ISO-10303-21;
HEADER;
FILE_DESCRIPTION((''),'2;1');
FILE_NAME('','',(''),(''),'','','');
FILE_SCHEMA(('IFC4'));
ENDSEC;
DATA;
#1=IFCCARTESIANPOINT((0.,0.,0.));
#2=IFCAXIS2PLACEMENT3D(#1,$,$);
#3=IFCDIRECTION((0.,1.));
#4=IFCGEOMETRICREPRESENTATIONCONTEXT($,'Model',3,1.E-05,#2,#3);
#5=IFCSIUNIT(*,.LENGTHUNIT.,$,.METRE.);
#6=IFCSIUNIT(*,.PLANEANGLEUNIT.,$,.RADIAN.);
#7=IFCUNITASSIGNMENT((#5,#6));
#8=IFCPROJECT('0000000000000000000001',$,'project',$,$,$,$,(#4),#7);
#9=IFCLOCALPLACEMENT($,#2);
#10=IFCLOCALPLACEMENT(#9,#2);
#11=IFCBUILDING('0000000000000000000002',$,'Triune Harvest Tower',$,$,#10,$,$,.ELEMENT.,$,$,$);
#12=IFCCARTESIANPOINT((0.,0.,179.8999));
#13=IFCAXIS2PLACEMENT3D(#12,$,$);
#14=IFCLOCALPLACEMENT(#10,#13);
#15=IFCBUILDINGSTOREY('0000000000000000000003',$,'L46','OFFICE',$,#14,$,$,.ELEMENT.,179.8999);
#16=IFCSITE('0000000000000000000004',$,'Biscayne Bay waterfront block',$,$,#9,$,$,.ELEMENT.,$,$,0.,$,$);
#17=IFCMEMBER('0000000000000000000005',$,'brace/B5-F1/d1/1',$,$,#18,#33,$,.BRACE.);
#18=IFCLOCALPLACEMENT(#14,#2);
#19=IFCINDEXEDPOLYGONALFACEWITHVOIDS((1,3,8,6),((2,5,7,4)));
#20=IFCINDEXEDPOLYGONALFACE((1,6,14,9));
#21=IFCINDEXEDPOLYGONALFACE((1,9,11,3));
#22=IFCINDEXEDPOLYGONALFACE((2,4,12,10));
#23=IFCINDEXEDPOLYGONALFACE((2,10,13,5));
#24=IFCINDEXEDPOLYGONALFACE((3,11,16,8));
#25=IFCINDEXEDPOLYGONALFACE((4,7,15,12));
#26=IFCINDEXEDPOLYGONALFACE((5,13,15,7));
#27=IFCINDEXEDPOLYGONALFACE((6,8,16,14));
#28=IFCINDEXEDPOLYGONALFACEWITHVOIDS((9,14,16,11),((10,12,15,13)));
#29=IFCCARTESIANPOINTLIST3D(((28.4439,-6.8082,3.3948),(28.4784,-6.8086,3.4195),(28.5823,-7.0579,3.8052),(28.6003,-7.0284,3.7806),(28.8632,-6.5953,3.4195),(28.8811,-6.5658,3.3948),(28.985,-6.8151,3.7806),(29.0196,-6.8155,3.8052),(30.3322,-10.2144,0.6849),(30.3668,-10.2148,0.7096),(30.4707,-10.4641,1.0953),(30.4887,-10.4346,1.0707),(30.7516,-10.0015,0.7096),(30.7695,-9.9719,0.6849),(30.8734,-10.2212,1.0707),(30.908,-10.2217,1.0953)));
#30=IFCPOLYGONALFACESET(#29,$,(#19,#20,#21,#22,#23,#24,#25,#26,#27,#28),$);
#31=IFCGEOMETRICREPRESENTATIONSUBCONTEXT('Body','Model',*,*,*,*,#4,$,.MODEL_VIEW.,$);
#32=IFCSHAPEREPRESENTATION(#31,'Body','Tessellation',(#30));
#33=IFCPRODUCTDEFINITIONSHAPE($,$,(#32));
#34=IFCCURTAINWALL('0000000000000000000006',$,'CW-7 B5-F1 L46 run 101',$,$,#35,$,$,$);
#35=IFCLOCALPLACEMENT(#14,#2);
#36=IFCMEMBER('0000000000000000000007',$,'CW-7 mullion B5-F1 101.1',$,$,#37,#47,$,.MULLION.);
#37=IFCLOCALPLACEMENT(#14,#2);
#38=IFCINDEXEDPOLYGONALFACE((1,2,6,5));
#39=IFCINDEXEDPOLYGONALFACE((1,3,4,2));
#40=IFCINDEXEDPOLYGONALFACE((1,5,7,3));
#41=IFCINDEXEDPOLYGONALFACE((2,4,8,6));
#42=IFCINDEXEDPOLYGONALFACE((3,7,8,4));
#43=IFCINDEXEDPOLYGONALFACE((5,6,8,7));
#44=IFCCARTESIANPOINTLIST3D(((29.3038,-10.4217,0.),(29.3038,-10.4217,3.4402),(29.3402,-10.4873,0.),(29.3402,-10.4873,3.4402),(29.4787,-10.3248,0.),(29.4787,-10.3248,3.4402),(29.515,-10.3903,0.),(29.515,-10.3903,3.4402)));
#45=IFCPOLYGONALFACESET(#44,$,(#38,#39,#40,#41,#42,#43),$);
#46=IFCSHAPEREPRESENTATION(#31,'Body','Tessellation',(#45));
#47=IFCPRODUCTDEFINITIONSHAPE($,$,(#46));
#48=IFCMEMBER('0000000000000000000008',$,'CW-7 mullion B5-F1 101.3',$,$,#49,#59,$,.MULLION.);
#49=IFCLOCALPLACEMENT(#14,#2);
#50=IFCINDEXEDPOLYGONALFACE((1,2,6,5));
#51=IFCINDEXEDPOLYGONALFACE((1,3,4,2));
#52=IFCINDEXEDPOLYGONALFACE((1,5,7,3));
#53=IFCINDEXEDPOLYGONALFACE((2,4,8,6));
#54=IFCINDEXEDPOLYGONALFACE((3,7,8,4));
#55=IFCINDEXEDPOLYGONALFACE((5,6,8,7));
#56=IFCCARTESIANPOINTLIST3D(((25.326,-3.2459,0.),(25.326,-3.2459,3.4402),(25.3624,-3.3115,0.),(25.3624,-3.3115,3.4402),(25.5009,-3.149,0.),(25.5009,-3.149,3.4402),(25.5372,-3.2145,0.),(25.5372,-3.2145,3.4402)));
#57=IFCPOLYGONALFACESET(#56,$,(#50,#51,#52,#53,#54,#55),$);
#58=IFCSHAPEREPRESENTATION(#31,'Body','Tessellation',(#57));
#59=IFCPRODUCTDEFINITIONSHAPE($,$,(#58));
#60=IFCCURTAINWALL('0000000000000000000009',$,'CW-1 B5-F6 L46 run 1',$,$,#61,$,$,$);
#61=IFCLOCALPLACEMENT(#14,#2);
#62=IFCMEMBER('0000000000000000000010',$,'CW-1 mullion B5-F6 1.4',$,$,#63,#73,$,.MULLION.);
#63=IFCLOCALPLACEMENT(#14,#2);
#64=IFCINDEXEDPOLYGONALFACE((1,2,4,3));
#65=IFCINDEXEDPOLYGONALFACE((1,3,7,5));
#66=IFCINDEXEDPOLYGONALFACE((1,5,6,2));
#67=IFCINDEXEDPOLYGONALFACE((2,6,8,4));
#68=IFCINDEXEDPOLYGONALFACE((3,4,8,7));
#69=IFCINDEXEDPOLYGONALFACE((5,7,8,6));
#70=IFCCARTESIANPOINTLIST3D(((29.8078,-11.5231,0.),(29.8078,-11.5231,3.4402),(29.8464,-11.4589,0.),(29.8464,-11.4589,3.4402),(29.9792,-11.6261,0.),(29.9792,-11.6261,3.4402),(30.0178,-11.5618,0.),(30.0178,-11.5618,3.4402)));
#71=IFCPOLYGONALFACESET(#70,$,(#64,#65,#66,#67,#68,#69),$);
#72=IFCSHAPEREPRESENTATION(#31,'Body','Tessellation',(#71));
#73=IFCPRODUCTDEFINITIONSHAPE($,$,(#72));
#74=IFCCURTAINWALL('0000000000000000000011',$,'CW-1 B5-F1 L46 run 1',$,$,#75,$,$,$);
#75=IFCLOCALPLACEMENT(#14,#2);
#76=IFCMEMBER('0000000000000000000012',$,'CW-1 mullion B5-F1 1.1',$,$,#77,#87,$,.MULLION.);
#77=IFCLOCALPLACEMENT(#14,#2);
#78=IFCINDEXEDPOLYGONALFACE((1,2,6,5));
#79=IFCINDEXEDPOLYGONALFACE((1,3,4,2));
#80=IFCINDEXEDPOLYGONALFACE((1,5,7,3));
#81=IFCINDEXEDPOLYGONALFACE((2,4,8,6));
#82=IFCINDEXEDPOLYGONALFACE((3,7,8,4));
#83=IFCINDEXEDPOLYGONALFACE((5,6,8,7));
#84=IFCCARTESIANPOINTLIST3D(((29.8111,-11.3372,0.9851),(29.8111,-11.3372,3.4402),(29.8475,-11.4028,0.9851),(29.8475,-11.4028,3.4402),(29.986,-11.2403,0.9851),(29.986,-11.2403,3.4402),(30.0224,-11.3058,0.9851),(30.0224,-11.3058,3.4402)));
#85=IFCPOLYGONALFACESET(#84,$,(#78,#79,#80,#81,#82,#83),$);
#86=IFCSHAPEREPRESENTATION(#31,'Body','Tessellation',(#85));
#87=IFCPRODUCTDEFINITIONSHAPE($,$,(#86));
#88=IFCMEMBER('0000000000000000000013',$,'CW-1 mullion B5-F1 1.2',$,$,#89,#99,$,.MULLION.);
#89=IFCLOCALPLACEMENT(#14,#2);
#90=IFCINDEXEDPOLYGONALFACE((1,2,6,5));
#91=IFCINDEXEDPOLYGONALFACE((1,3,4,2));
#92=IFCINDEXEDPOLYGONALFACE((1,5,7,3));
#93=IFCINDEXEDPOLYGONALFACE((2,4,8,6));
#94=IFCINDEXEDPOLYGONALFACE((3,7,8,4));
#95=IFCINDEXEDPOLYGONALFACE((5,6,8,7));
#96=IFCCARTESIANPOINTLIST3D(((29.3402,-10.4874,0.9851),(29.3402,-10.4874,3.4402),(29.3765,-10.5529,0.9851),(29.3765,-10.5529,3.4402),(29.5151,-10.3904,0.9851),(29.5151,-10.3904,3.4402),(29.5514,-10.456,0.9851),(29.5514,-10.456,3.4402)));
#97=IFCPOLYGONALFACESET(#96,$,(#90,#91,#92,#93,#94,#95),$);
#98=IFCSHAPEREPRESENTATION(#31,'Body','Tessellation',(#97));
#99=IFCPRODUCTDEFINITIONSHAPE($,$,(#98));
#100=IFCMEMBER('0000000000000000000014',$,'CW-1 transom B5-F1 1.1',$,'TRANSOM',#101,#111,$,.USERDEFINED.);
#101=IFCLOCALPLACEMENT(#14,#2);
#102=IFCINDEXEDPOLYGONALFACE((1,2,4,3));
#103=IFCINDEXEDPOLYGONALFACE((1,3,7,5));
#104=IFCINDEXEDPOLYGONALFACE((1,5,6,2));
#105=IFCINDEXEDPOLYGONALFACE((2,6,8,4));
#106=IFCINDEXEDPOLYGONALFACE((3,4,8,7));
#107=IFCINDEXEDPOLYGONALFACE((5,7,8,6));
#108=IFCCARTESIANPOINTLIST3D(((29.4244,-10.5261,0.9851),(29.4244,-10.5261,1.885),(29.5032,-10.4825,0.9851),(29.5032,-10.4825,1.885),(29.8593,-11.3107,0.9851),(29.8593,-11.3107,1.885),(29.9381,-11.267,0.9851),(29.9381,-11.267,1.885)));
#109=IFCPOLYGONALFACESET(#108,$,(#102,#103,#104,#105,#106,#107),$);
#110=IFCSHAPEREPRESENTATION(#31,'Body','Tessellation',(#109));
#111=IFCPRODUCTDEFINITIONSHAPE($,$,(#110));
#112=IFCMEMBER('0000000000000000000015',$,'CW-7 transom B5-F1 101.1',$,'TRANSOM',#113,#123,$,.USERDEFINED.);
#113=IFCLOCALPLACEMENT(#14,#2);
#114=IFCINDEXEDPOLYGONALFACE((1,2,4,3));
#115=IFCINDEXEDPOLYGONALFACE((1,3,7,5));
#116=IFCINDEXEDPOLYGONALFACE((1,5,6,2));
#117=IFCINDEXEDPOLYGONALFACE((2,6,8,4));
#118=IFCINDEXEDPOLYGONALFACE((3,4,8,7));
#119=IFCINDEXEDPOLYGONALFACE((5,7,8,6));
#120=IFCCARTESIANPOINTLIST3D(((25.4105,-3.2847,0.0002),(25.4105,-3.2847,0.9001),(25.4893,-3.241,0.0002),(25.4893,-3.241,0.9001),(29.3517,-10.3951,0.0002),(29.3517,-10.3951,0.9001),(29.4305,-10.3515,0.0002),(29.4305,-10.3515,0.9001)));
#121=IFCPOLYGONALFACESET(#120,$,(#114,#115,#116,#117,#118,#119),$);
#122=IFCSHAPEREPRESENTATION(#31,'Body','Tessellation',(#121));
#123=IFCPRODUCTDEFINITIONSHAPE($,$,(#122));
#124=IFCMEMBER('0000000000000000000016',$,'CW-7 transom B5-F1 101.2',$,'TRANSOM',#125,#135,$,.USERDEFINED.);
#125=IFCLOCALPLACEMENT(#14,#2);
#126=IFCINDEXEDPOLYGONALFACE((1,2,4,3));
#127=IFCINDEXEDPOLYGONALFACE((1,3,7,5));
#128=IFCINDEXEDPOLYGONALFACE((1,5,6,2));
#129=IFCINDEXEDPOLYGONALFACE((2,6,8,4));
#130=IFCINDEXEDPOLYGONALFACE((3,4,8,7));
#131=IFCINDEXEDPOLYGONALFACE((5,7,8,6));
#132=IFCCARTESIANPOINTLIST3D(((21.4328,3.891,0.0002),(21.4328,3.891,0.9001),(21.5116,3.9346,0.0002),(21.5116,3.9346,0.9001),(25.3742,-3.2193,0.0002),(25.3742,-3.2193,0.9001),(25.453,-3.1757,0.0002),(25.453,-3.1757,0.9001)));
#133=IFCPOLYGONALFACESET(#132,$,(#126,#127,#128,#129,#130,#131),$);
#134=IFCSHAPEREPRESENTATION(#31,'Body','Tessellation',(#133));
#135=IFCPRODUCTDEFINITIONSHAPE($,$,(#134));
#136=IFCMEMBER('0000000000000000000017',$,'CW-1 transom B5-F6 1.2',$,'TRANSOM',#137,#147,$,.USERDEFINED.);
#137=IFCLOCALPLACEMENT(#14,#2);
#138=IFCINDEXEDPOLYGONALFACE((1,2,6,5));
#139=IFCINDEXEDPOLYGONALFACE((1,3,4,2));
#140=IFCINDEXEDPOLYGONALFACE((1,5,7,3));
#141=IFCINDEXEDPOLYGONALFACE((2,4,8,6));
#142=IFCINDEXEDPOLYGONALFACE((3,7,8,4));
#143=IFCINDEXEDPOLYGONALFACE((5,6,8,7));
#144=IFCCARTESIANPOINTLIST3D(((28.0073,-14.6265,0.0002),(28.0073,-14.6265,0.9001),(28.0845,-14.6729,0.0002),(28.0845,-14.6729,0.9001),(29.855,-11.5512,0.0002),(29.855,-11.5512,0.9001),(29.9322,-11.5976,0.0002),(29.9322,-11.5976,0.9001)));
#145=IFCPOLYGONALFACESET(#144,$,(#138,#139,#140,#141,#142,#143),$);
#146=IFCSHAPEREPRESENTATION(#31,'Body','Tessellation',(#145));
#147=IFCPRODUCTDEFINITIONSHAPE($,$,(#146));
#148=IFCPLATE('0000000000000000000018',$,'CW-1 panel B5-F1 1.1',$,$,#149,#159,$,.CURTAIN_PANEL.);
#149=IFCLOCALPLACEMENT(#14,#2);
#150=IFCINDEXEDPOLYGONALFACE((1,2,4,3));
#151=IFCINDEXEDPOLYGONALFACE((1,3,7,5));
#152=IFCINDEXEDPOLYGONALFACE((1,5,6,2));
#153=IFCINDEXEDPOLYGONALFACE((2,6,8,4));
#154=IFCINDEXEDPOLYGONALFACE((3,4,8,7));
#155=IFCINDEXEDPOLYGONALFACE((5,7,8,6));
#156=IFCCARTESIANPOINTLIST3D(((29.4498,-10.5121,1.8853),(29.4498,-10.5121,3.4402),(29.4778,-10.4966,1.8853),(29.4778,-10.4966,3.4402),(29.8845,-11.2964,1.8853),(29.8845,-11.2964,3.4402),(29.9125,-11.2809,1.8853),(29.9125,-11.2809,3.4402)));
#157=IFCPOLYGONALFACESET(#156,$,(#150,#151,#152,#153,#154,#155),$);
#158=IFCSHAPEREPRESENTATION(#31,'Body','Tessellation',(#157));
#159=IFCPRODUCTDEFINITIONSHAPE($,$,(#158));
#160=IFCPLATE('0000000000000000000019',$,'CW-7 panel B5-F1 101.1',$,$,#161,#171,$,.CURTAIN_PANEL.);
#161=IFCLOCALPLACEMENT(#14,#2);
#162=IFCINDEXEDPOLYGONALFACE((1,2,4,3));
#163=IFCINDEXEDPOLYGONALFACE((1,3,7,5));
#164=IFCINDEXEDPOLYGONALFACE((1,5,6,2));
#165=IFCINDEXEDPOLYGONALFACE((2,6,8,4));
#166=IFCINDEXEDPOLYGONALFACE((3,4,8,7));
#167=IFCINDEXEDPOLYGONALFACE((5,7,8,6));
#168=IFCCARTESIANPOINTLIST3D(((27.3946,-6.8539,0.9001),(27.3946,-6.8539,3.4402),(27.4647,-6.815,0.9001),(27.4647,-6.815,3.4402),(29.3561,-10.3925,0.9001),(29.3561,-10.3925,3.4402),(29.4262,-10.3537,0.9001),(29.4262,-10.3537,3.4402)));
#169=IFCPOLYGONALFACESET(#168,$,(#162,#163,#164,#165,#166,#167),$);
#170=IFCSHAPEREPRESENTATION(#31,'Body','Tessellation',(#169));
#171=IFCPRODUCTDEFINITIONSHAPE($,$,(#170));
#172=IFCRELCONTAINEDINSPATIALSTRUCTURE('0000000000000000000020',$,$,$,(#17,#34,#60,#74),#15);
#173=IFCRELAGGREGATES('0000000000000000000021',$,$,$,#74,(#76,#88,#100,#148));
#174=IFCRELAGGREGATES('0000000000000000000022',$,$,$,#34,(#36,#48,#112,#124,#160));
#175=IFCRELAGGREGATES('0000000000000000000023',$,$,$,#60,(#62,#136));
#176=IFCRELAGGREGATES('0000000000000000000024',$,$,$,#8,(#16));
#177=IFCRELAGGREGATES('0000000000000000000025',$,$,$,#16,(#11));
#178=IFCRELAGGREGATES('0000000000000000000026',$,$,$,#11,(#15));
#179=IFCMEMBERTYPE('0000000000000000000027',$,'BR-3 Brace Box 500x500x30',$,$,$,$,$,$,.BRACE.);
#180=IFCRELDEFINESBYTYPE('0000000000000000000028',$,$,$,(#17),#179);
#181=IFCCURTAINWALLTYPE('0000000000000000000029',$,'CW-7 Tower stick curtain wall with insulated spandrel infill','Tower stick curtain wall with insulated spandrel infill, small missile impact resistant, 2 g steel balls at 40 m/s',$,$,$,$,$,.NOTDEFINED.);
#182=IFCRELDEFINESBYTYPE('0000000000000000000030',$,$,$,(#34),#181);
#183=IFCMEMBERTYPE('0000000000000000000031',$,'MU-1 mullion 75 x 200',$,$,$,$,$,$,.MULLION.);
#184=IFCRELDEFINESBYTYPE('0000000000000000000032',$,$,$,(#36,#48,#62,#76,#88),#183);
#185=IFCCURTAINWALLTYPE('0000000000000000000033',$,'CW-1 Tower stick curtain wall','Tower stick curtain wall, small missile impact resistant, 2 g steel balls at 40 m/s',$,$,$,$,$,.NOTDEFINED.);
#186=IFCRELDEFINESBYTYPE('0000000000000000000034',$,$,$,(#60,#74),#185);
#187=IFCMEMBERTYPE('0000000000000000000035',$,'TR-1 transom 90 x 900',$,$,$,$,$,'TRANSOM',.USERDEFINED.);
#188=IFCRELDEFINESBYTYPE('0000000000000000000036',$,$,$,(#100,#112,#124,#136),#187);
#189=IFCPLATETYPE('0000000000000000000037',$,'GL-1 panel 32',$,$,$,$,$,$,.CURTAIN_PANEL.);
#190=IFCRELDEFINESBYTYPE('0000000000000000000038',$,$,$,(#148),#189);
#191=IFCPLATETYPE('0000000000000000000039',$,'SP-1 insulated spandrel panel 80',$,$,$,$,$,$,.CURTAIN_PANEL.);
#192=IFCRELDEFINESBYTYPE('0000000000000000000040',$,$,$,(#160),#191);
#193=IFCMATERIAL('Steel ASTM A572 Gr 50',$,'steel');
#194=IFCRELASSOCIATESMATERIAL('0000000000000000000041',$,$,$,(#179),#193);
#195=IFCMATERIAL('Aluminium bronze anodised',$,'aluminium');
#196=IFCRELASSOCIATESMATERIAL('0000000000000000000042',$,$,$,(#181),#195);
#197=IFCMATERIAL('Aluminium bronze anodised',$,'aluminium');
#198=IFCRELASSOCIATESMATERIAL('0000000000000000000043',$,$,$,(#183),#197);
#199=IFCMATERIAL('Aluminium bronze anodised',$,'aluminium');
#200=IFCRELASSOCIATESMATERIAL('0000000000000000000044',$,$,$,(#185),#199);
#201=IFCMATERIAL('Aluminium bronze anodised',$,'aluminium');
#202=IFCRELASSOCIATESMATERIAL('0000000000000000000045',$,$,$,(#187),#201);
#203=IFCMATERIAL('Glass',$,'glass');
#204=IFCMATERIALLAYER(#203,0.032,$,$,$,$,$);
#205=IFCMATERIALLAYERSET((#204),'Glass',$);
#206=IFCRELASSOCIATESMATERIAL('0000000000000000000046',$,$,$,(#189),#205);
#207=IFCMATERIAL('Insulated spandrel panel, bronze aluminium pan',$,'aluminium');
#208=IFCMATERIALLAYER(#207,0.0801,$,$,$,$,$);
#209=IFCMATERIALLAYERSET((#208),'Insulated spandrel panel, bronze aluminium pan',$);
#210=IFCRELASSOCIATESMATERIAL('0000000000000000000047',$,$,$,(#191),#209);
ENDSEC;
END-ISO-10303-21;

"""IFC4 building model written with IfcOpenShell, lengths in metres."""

from ifc_helpers import new_model, si_unit, direction, frame, origin, origin_2d, place, context, subcontext, project, spatial, rectangle, hollow_rectangle, extrude, source, transform, mapped, material, layer, layer_set, material_profile, profile_set, type_object, element, aggregate, save


model = new_model("IFC4")

# Units and contexts
model_context = context("Model", 3, precision=1e-05, world=origin(), true_north=direction((0.0, 1.0)))
body_context = subcontext(model_context, "Body", "Model", "MODEL_VIEW")
ifc_project = project(units=[si_unit("LENGTHUNIT", "METRE"), si_unit("PLANEANGLEUNIT", "RADIAN")], contexts=[model_context])

# Site, building, storey
site_placement = place(None, origin())
site = spatial("IfcSite", under=ifc_project, at=site_placement, Name="Biscayne Bay waterfront block", CompositionType="ELEMENT", RefElevation=0.0)
building_placement = place(site_placement, origin())
building = spatial("IfcBuilding", under=site, at=building_placement, Name="Triune Harvest Tower", CompositionType="ELEMENT")
storey_placement = place(building_placement, frame((0.0, 0.0, 179.8999)))
storey = spatial("IfcBuildingStorey", under=building, at=storey_placement, Name="L46", Description="OFFICE", CompositionType="ELEMENT", Elevation=179.8999)

# Member
ifc_material_1 = material(Name="Steel ASTM A572 Gr 50", Category="steel")
ifc_material_profile_1 = material_profile(ifc_material_1, hollow_rectangle(XDim=0.5, YDim=0.5, WallThickness=0.03, at=origin_2d()), Name="Box 500x500x30")
ifc_profile_set_1 = profile_set([ifc_material_profile_1], Name="Steel ASTM A572 Gr 50")
member_type_1 = type_object("IfcMemberType", Name="BR-3 Brace Box 500x500x30", PredefinedType="BRACE", material=ifc_profile_set_1)
shared_shape_1 = source(origin(), body_context, "Body", "SweptSolid", [
    extrude(hollow_rectangle(XDim=0.5, YDim=0.5, WallThickness=0.03, at=origin_2d()), origin(), (0.0, 0.0, 1.0), 4.7446),
])
member_1_placement = place(storey_placement, frame((30.6201, -10.218, 0.8901), z_axis=(-0.398004, 0.7179, 0.57115), x_axis=(-0.874586, -0.484871, 0.0)))
element("IfcMember", 1, at=member_1_placement, inside=storey, type_object=member_type_1, Name="brace/B5-F1/d1/1", PredefinedType="BRACE", context=body_context, shape_type="MappedRepresentation", body=[
    mapped(shared_shape_1, transform((0.0, 0.0, 0.0), scale=1.0)),
])

# Curtain wall, members
ifc_material_2 = material(Name="Aluminium bronze anodised", Category="aluminium")
curtain_wall_type_1 = type_object("IfcCurtainWallType", Name="CW-7 Tower stick curtain wall with insulated spandrel infill", Description="Tower stick curtain wall with insulated spandrel infill, small missile impact resistant, 2 g steel balls at 40 m/s", PredefinedType="NOTDEFINED", material=ifc_material_2)
curtain_wall_1_placement = place(storey_placement, origin())
curtain_wall_1 = element("IfcCurtainWall", 2, at=curtain_wall_1_placement, inside=storey, type_object=curtain_wall_type_1, Name="CW-7 B5-F1 L46 run 101")
ifc_material_3 = material(Name="Aluminium bronze anodised", Category="aluminium")
ifc_material_profile_2 = material_profile(ifc_material_3, rectangle(XDim=0.2, YDim=0.075, at=origin_2d()), Name="MU-1 mullion 75 x 200")
ifc_profile_set_2 = profile_set([ifc_material_profile_2], Name="Aluminium bronze anodised")
member_type_2 = type_object("IfcMemberType", Name="MU-1 mullion 75 x 200", PredefinedType="MULLION", material=ifc_profile_set_2)
shared_shape_2 = source(origin(), body_context, "Body", "SweptSolid", [
    extrude(rectangle(XDim=0.2, YDim=0.075, at=origin_2d()), origin(), (0.0, 0.0, 1.0), 3.4402),
])
member_2_placement = place(storey_placement, frame((29.4094, -10.406, 0.0), z_axis=(0.0, 0.0, 1.0), x_axis=(-0.874619, -0.48481, 0.0)))
member_2 = element("IfcMember", 3, at=member_2_placement, type_object=member_type_2, Name="CW-7 mullion B5-F1 101.1", PredefinedType="MULLION", context=body_context, shape_type="MappedRepresentation", body=[
    mapped(shared_shape_2, transform((0.0, 0.0, 0.0), scale=1.0)),
])
member_3_placement = place(storey_placement, frame((25.4316, -3.2302, 0.0), z_axis=(0.0, 0.0, 1.0), x_axis=(-0.874619, -0.48481, 0.0)))
member_3 = element("IfcMember", 4, at=member_3_placement, type_object=member_type_2, Name="CW-7 mullion B5-F1 101.3", PredefinedType="MULLION", context=body_context, shape_type="MappedRepresentation", body=[
    mapped(shared_shape_2, transform((0.0, 0.0, 0.0), scale=1.0)),
])

# Curtain wall, member
ifc_material_4 = material(Name="Aluminium bronze anodised", Category="aluminium")
curtain_wall_type_2 = type_object("IfcCurtainWallType", Name="CW-1 Tower stick curtain wall", Description="Tower stick curtain wall, small missile impact resistant, 2 g steel balls at 40 m/s", PredefinedType="NOTDEFINED", material=ifc_material_4)
curtain_wall_2_placement = place(storey_placement, origin())
curtain_wall_2 = element("IfcCurtainWall", 5, at=curtain_wall_2_placement, inside=storey, type_object=curtain_wall_type_2, Name="CW-1 B5-F6 L46 run 1")
member_4_placement = place(storey_placement, frame((29.9128, -11.5425, 0.0), z_axis=(0.0, 0.0, 1.0), x_axis=(-0.857168, 0.515037, 0.0)))
member_4 = element("IfcMember", 6, at=member_4_placement, type_object=member_type_2, Name="CW-1 mullion B5-F6 1.4", PredefinedType="MULLION", context=body_context, shape_type="MappedRepresentation", body=[
    mapped(shared_shape_2, transform((0.0, 0.0, 0.0), scale=1.0)),
])

# Curtain wall, members
curtain_wall_3_placement = place(storey_placement, origin())
curtain_wall_3 = element("IfcCurtainWall", 7, at=curtain_wall_3_placement, inside=storey, type_object=curtain_wall_type_2, Name="CW-1 B5-F1 L46 run 1")
shared_shape_3 = source(origin(), body_context, "Body", "SweptSolid", [
    extrude(rectangle(XDim=0.2, YDim=0.075, at=origin_2d()), origin(), (0.0, 0.0, 1.0), 2.4551),
])
member_5_placement = place(storey_placement, frame((29.9167, -11.3215, 0.9851), z_axis=(0.0, 0.0, 1.0), x_axis=(-0.87463, -0.484791, 0.0)))
member_5 = element("IfcMember", 8, at=member_5_placement, type_object=member_type_2, Name="CW-1 mullion B5-F1 1.1", PredefinedType="MULLION", context=body_context, shape_type="MappedRepresentation", body=[
    mapped(shared_shape_3, transform((0.0, 0.0, 0.0), scale=1.0)),
])
member_6_placement = place(storey_placement, frame((29.4458, -10.4717, 0.9851), z_axis=(0.0, 0.0, 1.0), x_axis=(-0.87463, -0.484791, 0.0)))
member_6 = element("IfcMember", 9, at=member_6_placement, type_object=member_type_2, Name="CW-1 mullion B5-F1 1.2", PredefinedType="MULLION", context=body_context, shape_type="MappedRepresentation", body=[
    mapped(shared_shape_3, transform((0.0, 0.0, 0.0), scale=1.0)),
])
ifc_material_5 = material(Name="Aluminium bronze anodised", Category="aluminium")
ifc_material_profile_3 = material_profile(ifc_material_5, rectangle(XDim=0.0901, YDim=0.8999, at=origin_2d()), Name="TR-1 transom 90 x 900")
ifc_profile_set_3 = profile_set([ifc_material_profile_3], Name="Aluminium bronze anodised")
member_type_3 = type_object("IfcMemberType", Name="TR-1 transom 90 x 900", ElementType="TRANSOM", PredefinedType="USERDEFINED", material=ifc_profile_set_3)
shared_shape_4 = source(origin(), body_context, "Body", "SweptSolid", [
    extrude(rectangle(XDim=0.0901, YDim=0.8999, at=origin_2d()), origin(), (0.0, 0.0, 1.0), 0.897),
])
member_7_placement = place(storey_placement, frame((29.8987, -11.2888, 1.4351), z_axis=(-0.484811, 0.874619, 0.0), x_axis=(-0.874619, -0.484811, 0.0)))
member_7 = element("IfcMember", 10, at=member_7_placement, type_object=member_type_3, Name="CW-1 transom B5-F1 1.1", ObjectType="TRANSOM", PredefinedType="USERDEFINED", context=body_context, shape_type="MappedRepresentation", body=[
    mapped(shared_shape_4, transform((0.0, 0.0, 0.0), scale=1.0)),
])

# Members
shared_shape_5 = source(origin(), body_context, "Body", "SweptSolid", [
    extrude(rectangle(XDim=0.0901, YDim=0.8999, at=origin_2d()), origin(), (0.0, 0.0, 1.0), 8.1296),
])
member_8_placement = place(storey_placement, frame((29.3911, -10.3733, 0.4502), z_axis=(-0.484794, 0.874629, 0.0), x_axis=(-0.874629, -0.484794, 0.0)))
member_8 = element("IfcMember", 11, at=member_8_placement, type_object=member_type_3, Name="CW-7 transom B5-F1 101.1", ObjectType="TRANSOM", PredefinedType="USERDEFINED", context=body_context, shape_type="MappedRepresentation", body=[
    mapped(shared_shape_5, transform((0.0, 0.0, 0.0), scale=1.0)),
])
member_9_placement = place(storey_placement, frame((25.4136, -3.1975, 0.4502), z_axis=(-0.484817, 0.874616, 0.0), x_axis=(-0.874616, -0.484817, 0.0)))
member_9 = element("IfcMember", 12, at=member_9_placement, type_object=member_type_3, Name="CW-7 transom B5-F1 101.2", ObjectType="TRANSOM", PredefinedType="USERDEFINED", context=body_context, shape_type="MappedRepresentation", body=[
    mapped(shared_shape_5, transform((0.0, 0.0, 0.0), scale=1.0)),
])
shared_shape_6 = source(origin(), body_context, "Body", "SweptSolid", [
    extrude(rectangle(XDim=0.0901, YDim=0.8999, at=origin_2d()), origin(), (0.0, 0.0, 1.0), 3.5876),
])
member_10_placement = place(storey_placement, frame((28.0459, -14.6497, 0.4502), z_axis=(0.515016, 0.857181, 0.0), x_axis=(-0.857181, 0.515016, 0.0)))
member_10 = element("IfcMember", 13, at=member_10_placement, type_object=member_type_3, Name="CW-1 transom B5-F6 1.2", ObjectType="TRANSOM", PredefinedType="USERDEFINED", context=body_context, shape_type="MappedRepresentation", body=[
    mapped(shared_shape_6, transform((0.0, 0.0, 0.0), scale=1.0)),
])

# Plates
ifc_material_6 = material(Name="Glass", Category="glass")
ifc_layer_1 = layer(ifc_material_6, 0.032)
ifc_layer_set_1 = layer_set([ifc_layer_1], Name="Glass")
plate_type_1 = type_object("IfcPlateType", Name="GL-1 panel 32", PredefinedType="CURTAIN_PANEL", material=ifc_layer_set_1)
shared_shape_7 = source(origin(), body_context, "Body", "SweptSolid", [
    extrude(rectangle(XDim=0.8967, YDim=0.032, at=origin_2d()), origin(), (0.0, 0.0, 1.0), 1.5549),
])
plate_1_placement = place(storey_placement, frame((29.6812, -10.8965, 1.8853), z_axis=(0.0, 0.0, 1.0), x_axis=(-0.484791, 0.87463, 0.0)))
plate_1 = element("IfcPlate", 14, at=plate_1_placement, type_object=plate_type_1, Name="CW-1 panel B5-F1 1.1", PredefinedType="CURTAIN_PANEL", context=body_context, shape_type="MappedRepresentation", body=[
    mapped(shared_shape_7, transform((0.0, 0.0, 0.0), scale=1.0)),
])
aggregate(curtain_wall_3, [member_5, member_6, member_7, plate_1])
ifc_material_7 = material(Name="Insulated spandrel panel, bronze aluminium pan", Category="aluminium")
ifc_layer_2 = layer(ifc_material_7, 0.0801)
ifc_layer_set_2 = layer_set([ifc_layer_2], Name="Insulated spandrel panel, bronze aluminium pan")
plate_type_2 = type_object("IfcPlateType", Name="SP-1 insulated spandrel panel 80", PredefinedType="CURTAIN_PANEL", material=ifc_layer_set_2)
shared_shape_8 = source(origin(), body_context, "Body", "SweptSolid", [
    extrude(rectangle(XDim=4.0459, YDim=0.0801, at=origin_2d()), origin(), (0.0, 0.0, 1.0), 2.54),
])
plate_2_placement = place(storey_placement, frame((28.4104, -8.6038, 0.9001), z_axis=(0.0, 0.0, 1.0), x_axis=(-0.48481, 0.874619, 0.0)))
plate_2 = element("IfcPlate", 15, at=plate_2_placement, type_object=plate_type_2, Name="CW-7 panel B5-F1 101.1", PredefinedType="CURTAIN_PANEL", context=body_context, shape_type="MappedRepresentation", body=[
    mapped(shared_shape_8, transform((0.0, 0.0, 0.0), scale=1.0)),
])
aggregate(curtain_wall_1, [member_2, member_3, member_8, member_9, plate_2])
aggregate(curtain_wall_2, [member_4, member_10])

save(model, "model.ifc")
